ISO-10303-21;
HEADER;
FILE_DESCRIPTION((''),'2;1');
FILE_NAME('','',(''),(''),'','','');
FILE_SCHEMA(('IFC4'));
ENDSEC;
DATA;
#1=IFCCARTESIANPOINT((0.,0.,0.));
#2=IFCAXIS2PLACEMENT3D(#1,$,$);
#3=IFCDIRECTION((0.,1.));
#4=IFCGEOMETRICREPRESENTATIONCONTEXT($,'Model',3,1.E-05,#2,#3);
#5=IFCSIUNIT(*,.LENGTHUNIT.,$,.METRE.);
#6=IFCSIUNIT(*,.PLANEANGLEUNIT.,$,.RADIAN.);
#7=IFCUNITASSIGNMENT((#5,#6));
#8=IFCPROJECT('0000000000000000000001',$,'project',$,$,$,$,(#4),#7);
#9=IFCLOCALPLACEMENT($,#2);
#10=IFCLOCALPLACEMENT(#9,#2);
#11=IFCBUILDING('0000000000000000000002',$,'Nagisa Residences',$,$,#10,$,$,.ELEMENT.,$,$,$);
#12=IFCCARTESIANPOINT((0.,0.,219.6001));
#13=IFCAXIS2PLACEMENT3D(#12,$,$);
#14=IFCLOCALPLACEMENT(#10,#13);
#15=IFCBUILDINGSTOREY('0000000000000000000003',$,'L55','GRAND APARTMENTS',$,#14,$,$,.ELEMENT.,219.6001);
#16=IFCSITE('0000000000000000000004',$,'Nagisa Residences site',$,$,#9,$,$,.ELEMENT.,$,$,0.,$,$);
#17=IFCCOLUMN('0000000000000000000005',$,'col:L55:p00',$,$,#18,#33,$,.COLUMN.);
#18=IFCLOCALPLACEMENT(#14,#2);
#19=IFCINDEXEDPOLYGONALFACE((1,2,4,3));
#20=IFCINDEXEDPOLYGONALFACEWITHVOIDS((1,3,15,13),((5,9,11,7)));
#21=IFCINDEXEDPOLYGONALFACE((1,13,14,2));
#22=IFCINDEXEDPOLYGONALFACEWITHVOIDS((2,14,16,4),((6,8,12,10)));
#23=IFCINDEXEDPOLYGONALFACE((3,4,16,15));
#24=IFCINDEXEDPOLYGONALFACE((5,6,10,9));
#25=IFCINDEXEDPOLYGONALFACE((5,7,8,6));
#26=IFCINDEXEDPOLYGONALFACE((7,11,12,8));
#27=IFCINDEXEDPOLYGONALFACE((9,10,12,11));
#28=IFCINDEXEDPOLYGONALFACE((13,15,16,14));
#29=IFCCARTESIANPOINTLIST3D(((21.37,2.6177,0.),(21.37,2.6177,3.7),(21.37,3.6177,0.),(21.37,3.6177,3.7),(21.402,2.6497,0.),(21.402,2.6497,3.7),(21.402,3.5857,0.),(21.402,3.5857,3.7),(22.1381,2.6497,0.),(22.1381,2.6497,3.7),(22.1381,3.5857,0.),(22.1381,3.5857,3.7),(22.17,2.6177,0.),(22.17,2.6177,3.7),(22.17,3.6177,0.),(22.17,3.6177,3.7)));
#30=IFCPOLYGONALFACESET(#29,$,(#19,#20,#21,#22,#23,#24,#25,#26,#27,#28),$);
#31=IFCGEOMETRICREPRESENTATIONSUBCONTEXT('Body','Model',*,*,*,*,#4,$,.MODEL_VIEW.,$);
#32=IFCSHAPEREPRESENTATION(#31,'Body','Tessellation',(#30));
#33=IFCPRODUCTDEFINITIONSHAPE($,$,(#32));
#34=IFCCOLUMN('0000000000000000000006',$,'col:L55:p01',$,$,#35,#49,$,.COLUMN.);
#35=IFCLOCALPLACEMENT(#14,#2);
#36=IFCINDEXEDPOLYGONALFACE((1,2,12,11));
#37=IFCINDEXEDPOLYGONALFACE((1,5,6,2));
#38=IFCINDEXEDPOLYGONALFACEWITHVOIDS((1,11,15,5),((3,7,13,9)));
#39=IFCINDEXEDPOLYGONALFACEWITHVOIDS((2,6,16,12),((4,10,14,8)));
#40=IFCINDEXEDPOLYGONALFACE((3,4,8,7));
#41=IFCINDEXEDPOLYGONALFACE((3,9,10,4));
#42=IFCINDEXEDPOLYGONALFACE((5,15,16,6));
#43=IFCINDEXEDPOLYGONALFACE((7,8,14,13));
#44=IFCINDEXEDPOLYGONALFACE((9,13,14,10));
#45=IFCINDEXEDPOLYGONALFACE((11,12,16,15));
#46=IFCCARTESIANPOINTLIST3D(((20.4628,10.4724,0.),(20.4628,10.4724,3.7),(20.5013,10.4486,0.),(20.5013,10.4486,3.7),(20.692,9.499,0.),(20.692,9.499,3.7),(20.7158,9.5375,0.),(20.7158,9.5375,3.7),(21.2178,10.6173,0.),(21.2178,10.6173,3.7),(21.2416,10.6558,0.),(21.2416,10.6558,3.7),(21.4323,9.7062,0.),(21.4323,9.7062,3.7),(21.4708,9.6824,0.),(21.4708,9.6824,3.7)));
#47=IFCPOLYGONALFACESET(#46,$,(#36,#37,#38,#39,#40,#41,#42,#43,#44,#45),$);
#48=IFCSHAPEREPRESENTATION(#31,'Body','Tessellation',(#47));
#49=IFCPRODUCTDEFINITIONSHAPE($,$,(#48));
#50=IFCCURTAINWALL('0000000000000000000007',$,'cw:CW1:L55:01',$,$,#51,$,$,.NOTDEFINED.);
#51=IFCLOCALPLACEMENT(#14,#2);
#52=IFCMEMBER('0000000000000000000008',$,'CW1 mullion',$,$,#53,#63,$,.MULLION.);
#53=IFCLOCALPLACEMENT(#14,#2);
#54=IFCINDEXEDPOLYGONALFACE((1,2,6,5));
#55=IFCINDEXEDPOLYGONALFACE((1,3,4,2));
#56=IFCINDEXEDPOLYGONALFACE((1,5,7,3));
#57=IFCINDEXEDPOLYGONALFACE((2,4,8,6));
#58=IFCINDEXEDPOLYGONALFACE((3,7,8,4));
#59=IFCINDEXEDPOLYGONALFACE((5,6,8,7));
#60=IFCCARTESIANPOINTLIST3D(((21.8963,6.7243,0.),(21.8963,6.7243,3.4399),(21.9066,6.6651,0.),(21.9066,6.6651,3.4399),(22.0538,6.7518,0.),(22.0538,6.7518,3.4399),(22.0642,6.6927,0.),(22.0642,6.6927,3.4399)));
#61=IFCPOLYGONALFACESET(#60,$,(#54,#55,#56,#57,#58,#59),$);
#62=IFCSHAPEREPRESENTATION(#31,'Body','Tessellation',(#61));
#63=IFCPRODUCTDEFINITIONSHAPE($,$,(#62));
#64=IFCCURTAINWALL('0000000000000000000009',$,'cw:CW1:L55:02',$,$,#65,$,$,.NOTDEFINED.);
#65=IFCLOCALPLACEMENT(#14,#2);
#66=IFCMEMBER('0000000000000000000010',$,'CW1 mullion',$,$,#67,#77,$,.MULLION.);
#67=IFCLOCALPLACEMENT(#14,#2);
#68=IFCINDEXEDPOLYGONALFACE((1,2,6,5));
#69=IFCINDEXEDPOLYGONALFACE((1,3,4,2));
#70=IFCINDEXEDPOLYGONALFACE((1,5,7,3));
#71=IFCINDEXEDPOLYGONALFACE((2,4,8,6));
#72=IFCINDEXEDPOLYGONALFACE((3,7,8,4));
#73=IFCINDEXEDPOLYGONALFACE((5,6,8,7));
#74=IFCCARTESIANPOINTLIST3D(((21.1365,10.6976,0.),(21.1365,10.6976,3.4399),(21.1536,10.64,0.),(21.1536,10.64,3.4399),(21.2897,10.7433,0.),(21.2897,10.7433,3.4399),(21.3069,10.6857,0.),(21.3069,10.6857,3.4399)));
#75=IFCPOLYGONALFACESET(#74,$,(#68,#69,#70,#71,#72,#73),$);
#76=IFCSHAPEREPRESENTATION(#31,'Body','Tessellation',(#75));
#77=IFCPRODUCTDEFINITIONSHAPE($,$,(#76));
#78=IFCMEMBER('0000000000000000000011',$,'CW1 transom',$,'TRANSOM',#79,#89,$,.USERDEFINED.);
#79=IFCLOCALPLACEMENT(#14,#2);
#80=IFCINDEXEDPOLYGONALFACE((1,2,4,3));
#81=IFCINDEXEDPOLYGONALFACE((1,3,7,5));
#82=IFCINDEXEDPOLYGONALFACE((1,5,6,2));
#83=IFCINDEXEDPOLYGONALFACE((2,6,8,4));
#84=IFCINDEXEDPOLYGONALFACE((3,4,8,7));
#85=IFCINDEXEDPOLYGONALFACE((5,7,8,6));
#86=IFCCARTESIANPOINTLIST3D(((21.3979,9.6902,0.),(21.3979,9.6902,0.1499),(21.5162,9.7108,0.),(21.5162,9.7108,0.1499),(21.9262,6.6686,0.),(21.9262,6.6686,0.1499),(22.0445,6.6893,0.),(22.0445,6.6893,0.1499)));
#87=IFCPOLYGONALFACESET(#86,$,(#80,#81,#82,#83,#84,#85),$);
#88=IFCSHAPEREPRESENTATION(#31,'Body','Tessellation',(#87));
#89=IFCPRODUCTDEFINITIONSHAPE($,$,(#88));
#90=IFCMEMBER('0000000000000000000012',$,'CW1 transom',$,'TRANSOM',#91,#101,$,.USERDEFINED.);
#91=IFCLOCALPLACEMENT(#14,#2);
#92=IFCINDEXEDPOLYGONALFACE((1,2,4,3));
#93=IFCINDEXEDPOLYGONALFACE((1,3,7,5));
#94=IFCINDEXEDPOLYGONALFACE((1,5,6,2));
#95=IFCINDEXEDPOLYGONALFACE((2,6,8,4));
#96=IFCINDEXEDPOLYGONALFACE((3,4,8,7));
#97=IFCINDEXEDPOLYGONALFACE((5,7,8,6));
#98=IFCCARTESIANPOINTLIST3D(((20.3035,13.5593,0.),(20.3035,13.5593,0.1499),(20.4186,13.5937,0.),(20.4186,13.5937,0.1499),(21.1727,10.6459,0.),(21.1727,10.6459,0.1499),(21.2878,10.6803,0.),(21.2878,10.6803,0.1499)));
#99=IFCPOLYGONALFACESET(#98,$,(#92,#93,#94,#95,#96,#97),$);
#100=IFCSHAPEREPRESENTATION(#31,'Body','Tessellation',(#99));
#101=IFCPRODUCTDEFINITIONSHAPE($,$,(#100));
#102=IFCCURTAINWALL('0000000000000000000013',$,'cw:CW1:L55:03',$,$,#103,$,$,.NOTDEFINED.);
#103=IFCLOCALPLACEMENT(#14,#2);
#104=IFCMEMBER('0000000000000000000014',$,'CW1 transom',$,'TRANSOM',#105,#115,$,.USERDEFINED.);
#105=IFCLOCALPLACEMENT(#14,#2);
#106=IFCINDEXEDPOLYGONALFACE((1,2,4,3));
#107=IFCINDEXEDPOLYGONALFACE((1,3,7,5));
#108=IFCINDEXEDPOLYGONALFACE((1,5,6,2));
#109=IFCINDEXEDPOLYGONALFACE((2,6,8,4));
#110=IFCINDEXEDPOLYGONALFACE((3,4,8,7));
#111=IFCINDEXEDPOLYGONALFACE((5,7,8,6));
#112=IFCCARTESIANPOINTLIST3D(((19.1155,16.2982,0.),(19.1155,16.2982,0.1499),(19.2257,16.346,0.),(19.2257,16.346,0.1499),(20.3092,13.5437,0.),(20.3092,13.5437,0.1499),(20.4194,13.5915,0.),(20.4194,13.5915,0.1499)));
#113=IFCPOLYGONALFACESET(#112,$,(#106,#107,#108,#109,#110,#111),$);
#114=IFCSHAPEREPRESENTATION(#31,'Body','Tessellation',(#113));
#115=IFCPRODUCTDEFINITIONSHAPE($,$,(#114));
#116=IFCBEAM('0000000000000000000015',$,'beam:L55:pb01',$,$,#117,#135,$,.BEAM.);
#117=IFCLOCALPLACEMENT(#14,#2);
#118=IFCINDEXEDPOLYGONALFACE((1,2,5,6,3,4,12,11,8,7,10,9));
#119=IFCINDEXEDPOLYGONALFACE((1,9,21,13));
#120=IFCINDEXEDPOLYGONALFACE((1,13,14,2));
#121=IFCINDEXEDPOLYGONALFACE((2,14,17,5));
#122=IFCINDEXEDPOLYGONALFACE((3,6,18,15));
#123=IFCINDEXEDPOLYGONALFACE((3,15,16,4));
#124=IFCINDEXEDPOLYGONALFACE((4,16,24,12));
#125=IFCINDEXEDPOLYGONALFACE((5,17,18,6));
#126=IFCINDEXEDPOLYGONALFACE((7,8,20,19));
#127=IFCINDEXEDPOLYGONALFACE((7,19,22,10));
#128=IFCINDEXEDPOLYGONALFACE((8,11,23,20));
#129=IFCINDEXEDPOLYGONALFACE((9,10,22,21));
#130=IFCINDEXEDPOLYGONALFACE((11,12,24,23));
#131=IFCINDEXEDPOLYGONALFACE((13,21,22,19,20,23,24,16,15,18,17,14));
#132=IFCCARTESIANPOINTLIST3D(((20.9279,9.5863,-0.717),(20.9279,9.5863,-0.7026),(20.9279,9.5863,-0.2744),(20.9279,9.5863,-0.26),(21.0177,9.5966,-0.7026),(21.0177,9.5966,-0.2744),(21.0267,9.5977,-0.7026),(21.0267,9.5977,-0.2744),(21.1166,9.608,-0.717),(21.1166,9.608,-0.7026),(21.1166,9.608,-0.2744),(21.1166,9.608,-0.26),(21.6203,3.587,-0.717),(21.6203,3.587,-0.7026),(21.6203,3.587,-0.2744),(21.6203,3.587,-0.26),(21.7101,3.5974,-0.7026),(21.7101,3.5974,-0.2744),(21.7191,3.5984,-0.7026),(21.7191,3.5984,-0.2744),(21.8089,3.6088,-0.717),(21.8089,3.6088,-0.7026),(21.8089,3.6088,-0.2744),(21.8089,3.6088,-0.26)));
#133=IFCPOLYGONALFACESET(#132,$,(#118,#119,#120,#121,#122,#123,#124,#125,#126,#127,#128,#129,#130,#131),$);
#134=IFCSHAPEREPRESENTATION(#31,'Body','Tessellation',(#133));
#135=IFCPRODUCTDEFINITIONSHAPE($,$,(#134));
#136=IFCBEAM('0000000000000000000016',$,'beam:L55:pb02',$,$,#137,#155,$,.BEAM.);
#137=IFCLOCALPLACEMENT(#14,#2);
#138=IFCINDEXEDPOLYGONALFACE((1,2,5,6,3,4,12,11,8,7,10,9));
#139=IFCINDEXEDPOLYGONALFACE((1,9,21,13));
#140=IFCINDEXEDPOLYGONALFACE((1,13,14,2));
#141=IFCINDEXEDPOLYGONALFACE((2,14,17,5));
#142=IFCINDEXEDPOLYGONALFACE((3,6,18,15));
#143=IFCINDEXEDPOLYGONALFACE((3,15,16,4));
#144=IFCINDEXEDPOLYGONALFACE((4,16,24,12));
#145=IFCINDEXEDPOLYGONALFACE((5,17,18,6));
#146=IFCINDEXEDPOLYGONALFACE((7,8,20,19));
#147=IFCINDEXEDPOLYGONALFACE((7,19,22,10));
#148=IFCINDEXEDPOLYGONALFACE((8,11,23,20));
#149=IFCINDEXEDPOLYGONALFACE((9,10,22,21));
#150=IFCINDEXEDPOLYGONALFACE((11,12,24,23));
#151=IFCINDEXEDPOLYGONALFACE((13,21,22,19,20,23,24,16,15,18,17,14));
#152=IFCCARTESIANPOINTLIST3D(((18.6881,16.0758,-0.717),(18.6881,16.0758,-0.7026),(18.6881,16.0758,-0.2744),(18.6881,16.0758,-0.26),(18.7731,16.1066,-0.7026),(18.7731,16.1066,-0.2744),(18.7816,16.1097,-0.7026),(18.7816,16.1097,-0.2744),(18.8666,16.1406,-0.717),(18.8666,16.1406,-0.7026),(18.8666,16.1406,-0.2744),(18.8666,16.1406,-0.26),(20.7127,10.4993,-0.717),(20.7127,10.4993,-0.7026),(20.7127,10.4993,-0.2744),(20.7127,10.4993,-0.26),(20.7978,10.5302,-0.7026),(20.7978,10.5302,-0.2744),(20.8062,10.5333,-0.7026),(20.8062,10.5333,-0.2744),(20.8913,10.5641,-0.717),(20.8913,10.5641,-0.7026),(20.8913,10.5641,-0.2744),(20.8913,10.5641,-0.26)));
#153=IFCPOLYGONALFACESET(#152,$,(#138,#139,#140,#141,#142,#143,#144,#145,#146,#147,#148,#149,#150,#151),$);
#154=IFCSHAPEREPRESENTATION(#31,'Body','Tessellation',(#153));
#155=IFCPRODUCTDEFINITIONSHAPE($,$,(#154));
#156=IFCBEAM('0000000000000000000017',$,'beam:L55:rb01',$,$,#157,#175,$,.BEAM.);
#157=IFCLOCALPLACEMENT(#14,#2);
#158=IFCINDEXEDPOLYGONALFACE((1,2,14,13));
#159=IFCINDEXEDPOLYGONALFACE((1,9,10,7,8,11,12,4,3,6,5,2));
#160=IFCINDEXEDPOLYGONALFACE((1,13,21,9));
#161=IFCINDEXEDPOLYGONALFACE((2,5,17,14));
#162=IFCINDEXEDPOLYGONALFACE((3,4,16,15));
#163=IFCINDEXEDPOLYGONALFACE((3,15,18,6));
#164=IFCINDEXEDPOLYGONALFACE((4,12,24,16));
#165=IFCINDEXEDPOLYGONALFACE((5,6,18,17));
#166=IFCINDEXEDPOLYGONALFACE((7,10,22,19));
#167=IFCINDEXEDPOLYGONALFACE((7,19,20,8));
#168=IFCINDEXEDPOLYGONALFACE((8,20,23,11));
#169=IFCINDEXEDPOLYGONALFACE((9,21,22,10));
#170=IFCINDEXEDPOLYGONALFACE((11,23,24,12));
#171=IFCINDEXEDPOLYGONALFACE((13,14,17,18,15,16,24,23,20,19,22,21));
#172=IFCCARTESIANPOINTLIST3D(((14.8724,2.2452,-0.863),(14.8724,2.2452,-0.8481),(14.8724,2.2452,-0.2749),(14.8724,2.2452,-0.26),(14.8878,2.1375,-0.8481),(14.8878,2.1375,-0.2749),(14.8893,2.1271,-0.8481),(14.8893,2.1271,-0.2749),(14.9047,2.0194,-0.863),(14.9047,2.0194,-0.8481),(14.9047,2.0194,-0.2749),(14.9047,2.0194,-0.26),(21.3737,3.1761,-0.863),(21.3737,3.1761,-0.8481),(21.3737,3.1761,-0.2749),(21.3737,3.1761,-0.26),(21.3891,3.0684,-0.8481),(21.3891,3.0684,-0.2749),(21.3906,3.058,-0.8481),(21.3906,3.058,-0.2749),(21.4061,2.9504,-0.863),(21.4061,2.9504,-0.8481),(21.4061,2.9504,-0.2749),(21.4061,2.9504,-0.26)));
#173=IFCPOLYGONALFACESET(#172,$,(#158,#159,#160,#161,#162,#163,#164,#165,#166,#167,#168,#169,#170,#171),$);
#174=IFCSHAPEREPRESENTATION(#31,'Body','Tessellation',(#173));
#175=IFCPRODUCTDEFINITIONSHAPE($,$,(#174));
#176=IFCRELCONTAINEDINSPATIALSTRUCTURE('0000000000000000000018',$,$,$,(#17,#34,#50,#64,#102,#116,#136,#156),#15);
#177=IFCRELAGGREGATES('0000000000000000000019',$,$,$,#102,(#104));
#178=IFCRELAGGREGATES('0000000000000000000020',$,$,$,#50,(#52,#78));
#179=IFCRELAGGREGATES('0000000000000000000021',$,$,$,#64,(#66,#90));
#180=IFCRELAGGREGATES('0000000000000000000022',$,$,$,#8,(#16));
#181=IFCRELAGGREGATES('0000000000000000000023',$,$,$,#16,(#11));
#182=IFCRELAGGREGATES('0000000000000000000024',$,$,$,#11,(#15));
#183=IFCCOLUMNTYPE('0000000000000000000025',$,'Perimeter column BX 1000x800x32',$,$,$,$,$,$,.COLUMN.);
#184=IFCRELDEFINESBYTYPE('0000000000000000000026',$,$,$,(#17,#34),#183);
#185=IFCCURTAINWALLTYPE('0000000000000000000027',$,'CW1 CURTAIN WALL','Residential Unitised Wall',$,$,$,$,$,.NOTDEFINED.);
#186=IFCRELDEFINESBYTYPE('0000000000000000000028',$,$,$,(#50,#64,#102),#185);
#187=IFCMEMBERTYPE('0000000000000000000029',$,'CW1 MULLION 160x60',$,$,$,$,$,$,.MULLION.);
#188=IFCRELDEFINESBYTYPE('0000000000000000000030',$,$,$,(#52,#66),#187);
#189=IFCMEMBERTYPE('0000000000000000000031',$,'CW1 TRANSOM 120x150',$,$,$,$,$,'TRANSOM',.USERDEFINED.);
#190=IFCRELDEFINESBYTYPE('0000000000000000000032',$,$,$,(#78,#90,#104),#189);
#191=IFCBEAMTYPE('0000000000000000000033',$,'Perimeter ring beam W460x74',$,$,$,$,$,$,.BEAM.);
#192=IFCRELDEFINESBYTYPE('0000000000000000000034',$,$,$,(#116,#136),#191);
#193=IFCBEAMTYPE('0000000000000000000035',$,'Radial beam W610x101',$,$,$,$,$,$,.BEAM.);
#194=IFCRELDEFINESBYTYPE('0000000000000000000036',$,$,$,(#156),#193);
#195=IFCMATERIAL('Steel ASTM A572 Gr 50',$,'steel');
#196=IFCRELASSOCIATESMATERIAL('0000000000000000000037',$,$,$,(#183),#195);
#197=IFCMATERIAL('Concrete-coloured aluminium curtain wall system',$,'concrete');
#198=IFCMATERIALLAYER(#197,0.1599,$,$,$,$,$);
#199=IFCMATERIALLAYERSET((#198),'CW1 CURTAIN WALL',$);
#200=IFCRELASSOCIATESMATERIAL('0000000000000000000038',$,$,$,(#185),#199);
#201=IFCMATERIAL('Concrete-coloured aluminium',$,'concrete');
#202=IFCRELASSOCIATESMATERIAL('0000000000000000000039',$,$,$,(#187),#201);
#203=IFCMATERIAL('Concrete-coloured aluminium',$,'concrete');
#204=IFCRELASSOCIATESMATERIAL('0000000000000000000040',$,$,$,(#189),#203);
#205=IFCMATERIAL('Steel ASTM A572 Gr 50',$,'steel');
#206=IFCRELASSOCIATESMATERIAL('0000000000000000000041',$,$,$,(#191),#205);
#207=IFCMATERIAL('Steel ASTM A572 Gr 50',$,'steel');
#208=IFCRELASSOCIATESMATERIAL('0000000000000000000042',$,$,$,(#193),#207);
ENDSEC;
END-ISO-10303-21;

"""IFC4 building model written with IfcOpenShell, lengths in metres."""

from ifc_helpers import new_model, si_unit, direction, frame, origin, origin_2d, place, context, subcontext, project, spatial, rectangle, hollow_rectangle, i_section, extrude, material, layer, layer_set, material_profile, profile_set, type_object, element, aggregate, save


model = new_model("IFC4")

# Units and contexts
model_context = context("Model", 3, precision=1e-05, world=origin(), true_north=direction((0.0, 1.0)))
body_context = subcontext(model_context, "Body", "Model", "MODEL_VIEW")
ifc_project = project(units=[si_unit("LENGTHUNIT", "METRE"), si_unit("PLANEANGLEUNIT", "RADIAN")], contexts=[model_context])

# Site, building, storey
site_placement = place(None, origin())
site = spatial("IfcSite", under=ifc_project, at=site_placement, Name="Nagisa Residences site", CompositionType="ELEMENT", RefElevation=0.0)
building_placement = place(site_placement, origin())
building = spatial("IfcBuilding", under=site, at=building_placement, Name="Nagisa Residences", CompositionType="ELEMENT")
storey_placement = place(building_placement, frame((0.0, 0.0, 219.6001)))
storey = spatial("IfcBuildingStorey", under=building, at=storey_placement, Name="L55", Description="GRAND APARTMENTS", CompositionType="ELEMENT", Elevation=219.6001)

# Columns
ifc_material_1 = material(Name="Steel ASTM A572 Gr 50", Category="steel")
ifc_material_profile_1 = material_profile(ifc_material_1, hollow_rectangle(XDim=1.0, YDim=0.8, WallThickness=0.032, at=origin_2d()), Name="BX 1000x800x32")
ifc_profile_set_1 = profile_set([ifc_material_profile_1], Name="Steel ASTM A572 Gr 50")
column_type = type_object("IfcColumnType", Name="Perimeter column BX 1000x800x32", PredefinedType="COLUMN", material=ifc_profile_set_1)
for number, where, z_axis, x_axis, name in (
    (1, (21.77, 3.1177, 0.0), (0.0, 0.0, 1.0), (0.0, 1.0, 0.0), "col:L55:p00"),
    (2, (20.9668, 10.0774, 0.0), (0.0, 0.0, 1.0), (-0.229202, 0.973379, 0.0), "col:L55:p01"),
):
    element("IfcColumn", number, at=place(storey_placement, frame(where, z_axis=z_axis, x_axis=x_axis)), inside=storey, type_object=column_type, Name=name, PredefinedType="COLUMN", context=body_context, shape_type="SweptSolid", body=[
        extrude(hollow_rectangle(XDim=1.0, YDim=0.8, WallThickness=0.032, at=origin_2d()), origin(), (0.0, 0.0, 1.0), 3.7),
    ])

# Curtain walls, members
ifc_material_2 = material(Name="Concrete-coloured aluminium curtain wall system", Category="concrete")
ifc_layer_1 = layer(ifc_material_2, 0.1599)
ifc_layer_set_1 = layer_set([ifc_layer_1], Name="CW1 CURTAIN WALL")
curtain_wall_type = type_object("IfcCurtainWallType", Name="CW1 CURTAIN WALL", Description="Residential Unitised Wall", PredefinedType="NOTDEFINED", material=ifc_layer_set_1)
curtain_wall_1_placement = place(storey_placement, origin())
curtain_wall_1 = element("IfcCurtainWall", 3, at=curtain_wall_1_placement, inside=storey, type_object=curtain_wall_type, Name="cw:CW1:L55:01", PredefinedType="NOTDEFINED")
ifc_material_3 = material(Name="Concrete-coloured aluminium", Category="concrete")
ifc_material_profile_2 = material_profile(ifc_material_3, rectangle(XDim=0.1599, YDim=0.0601, at=origin_2d()), Name="CW1 MULLION 160x60")
ifc_profile_set_2 = profile_set([ifc_material_profile_2], Name="Concrete-coloured aluminium")
member_type_1 = type_object("IfcMemberType", Name="CW1 MULLION 160x60", PredefinedType="MULLION", material=ifc_profile_set_2)
member_1_placement = place(storey_placement, frame((21.9802, 6.7085, 0.0), z_axis=(0.0, 0.0, 1.0), x_axis=(-0.985064, -0.172191, 0.0)))
member_1 = element("IfcMember", 4, at=member_1_placement, type_object=member_type_1, Name="CW1 mullion", PredefinedType="MULLION", context=body_context, shape_type="SweptSolid", body=[
    extrude(rectangle(XDim=0.1599, YDim=0.0601, at=origin_2d()), origin(), (0.0, 0.0, 1.0), 3.4399),
])
curtain_wall_2_placement = place(storey_placement, origin())
curtain_wall_2 = element("IfcCurtainWall", 5, at=curtain_wall_2_placement, inside=storey, type_object=curtain_wall_type, Name="cw:CW1:L55:02", PredefinedType="NOTDEFINED")
member_2_placement = place(storey_placement, frame((21.2217, 10.6917, 0.0), z_axis=(0.0, 0.0, 1.0), x_axis=(-0.958271, -0.28586, 0.0)))
member_2 = element("IfcMember", 6, at=member_2_placement, type_object=member_type_1, Name="CW1 mullion", PredefinedType="MULLION", context=body_context, shape_type="SweptSolid", body=[
    extrude(rectangle(XDim=0.1599, YDim=0.0601, at=origin_2d()), origin(), (0.0, 0.0, 1.0), 3.4399),
])

# Members
ifc_material_4 = material(Name="Concrete-coloured aluminium", Category="concrete")
ifc_material_profile_3 = material_profile(ifc_material_4, rectangle(XDim=0.1201, YDim=0.1499, at=origin_2d()), Name="CW1 TRANSOM 120x150")
ifc_profile_set_3 = profile_set([ifc_material_profile_3], Name="Concrete-coloured aluminium")
member_type_2 = type_object("IfcMemberType", Name="CW1 TRANSOM 120x150", ElementType="TRANSOM", PredefinedType="USERDEFINED", material=ifc_profile_set_3)
member_3_placement = place(storey_placement, frame((21.9854, 6.679, 0.075), z_axis=(-0.172241, 0.985055, 0.0), x_axis=(-0.985055, -0.172241, 0.0)))
member_3 = element("IfcMember", 7, at=member_3_placement, type_object=member_type_2, Name="CW1 transom", ObjectType="TRANSOM", PredefinedType="USERDEFINED", context=body_context, shape_type="SweptSolid", body=[
    extrude(rectangle(XDim=0.1201, YDim=0.1499, at=origin_2d()), origin(), (0.0, 0.0, 1.0), 3.0674),
])
member_4_placement = place(storey_placement, frame((21.2302, 10.6631, 0.075), z_axis=(-0.285881, 0.958265, 0.0), x_axis=(-0.958265, -0.285881, 0.0)))
member_4 = element("IfcMember", 8, at=member_4_placement, type_object=member_type_2, Name="CW1 transom", ObjectType="TRANSOM", PredefinedType="USERDEFINED", context=body_context, shape_type="SweptSolid", body=[
    extrude(rectangle(XDim=0.1201, YDim=0.1499, at=origin_2d()), origin(), (0.0, 0.0, 1.0), 3.0403),
])

# Curtain wall, member
curtain_wall_3_placement = place(storey_placement, origin())
curtain_wall_3 = element("IfcCurtainWall", 9, at=curtain_wall_3_placement, inside=storey, type_object=curtain_wall_type, Name="cw:CW1:L55:03", PredefinedType="NOTDEFINED")
member_5_placement = place(storey_placement, frame((20.3643, 13.5676, 0.075), z_axis=(-0.397617, 0.917552, 0.0), x_axis=(-0.917552, -0.397617, 0.0)))
member_5 = element("IfcMember", 10, at=member_5_placement, type_object=member_type_2, Name="CW1 transom", ObjectType="TRANSOM", PredefinedType="USERDEFINED", context=body_context, shape_type="SweptSolid", body=[
    extrude(rectangle(XDim=0.1201, YDim=0.1499, at=origin_2d()), origin(), (0.0, 0.0, 1.0), 3.002),
])
aggregate(curtain_wall_3, [member_5])

# Beams
ifc_material_5 = material(Name="Steel ASTM A572 Gr 50", Category="steel")
ifc_material_profile_4 = material_profile(ifc_material_5, i_section(OverallWidth=0.1899, OverallDepth=0.457, WebThickness=0.009, FlangeThickness=0.0144, at=origin_2d()), Name="W460x74")
ifc_profile_set_4 = profile_set([ifc_material_profile_4], Name="Steel ASTM A572 Gr 50")
beam_type_1 = type_object("IfcBeamType", Name="Perimeter ring beam W460x74", PredefinedType="BEAM", material=ifc_profile_set_4)
beam_1_placement = place(storey_placement, frame((21.7146, 3.5979, -0.4885), z_axis=(-0.11465, 0.993406, 0.0), x_axis=(-0.993406, -0.11465, 0.0)))
element("IfcBeam", 11, at=beam_1_placement, inside=storey, type_object=beam_type_1, Name="beam:L55:pb01", PredefinedType="BEAM", context=body_context, shape_type="SweptSolid", body=[
    extrude(i_section(OverallWidth=0.1899, OverallDepth=0.457, WebThickness=0.009, FlangeThickness=0.0144, at=origin_2d()), origin(), (0.0, 0.0, 1.0), 6.0391),
])
beam_2_placement = place(storey_placement, frame((20.802, 10.5317, -0.4885), z_axis=(-0.341277, 0.939963, 0.0), x_axis=(-0.939963, -0.341277, 0.0)))
element("IfcBeam", 12, at=beam_2_placement, inside=storey, type_object=beam_type_1, Name="beam:L55:pb02", PredefinedType="BEAM", context=body_context, shape_type="SweptSolid", body=[
    extrude(i_section(OverallWidth=0.1899, OverallDepth=0.457, WebThickness=0.009, FlangeThickness=0.0144, at=origin_2d()), origin(), (0.0, 0.0, 1.0), 5.9326),
])
ifc_material_6 = material(Name="Steel ASTM A572 Gr 50", Category="steel")
ifc_material_profile_5 = material_profile(ifc_material_6, i_section(OverallWidth=0.228, OverallDepth=0.603, WebThickness=0.0105, FlangeThickness=0.0149, at=origin_2d()), Name="W610x101")
ifc_profile_set_5 = profile_set([ifc_material_profile_5], Name="Steel ASTM A572 Gr 50")
beam_type_2 = type_object("IfcBeamType", Name="Radial beam W610x101", PredefinedType="BEAM", material=ifc_profile_set_5)
beam_3_placement = place(storey_placement, frame((21.3899, 3.0632, -0.5615), z_axis=(-0.989903, -0.141744, 0.0), x_axis=(0.141744, -0.989903, 0.0)))
element("IfcBeam", 13, at=beam_3_placement, inside=storey, type_object=beam_type_2, Name="beam:L55:rb01", PredefinedType="BEAM", context=body_context, shape_type="SweptSolid", body=[
    extrude(i_section(OverallWidth=0.228, OverallDepth=0.603, WebThickness=0.0105, FlangeThickness=0.0149, at=origin_2d()), origin(), (0.0, 0.0, 1.0), 6.5676),
])

aggregate(curtain_wall_1, [member_1, member_3])
aggregate(curtain_wall_2, [member_2, member_4])

save(model, "model.ifc")
